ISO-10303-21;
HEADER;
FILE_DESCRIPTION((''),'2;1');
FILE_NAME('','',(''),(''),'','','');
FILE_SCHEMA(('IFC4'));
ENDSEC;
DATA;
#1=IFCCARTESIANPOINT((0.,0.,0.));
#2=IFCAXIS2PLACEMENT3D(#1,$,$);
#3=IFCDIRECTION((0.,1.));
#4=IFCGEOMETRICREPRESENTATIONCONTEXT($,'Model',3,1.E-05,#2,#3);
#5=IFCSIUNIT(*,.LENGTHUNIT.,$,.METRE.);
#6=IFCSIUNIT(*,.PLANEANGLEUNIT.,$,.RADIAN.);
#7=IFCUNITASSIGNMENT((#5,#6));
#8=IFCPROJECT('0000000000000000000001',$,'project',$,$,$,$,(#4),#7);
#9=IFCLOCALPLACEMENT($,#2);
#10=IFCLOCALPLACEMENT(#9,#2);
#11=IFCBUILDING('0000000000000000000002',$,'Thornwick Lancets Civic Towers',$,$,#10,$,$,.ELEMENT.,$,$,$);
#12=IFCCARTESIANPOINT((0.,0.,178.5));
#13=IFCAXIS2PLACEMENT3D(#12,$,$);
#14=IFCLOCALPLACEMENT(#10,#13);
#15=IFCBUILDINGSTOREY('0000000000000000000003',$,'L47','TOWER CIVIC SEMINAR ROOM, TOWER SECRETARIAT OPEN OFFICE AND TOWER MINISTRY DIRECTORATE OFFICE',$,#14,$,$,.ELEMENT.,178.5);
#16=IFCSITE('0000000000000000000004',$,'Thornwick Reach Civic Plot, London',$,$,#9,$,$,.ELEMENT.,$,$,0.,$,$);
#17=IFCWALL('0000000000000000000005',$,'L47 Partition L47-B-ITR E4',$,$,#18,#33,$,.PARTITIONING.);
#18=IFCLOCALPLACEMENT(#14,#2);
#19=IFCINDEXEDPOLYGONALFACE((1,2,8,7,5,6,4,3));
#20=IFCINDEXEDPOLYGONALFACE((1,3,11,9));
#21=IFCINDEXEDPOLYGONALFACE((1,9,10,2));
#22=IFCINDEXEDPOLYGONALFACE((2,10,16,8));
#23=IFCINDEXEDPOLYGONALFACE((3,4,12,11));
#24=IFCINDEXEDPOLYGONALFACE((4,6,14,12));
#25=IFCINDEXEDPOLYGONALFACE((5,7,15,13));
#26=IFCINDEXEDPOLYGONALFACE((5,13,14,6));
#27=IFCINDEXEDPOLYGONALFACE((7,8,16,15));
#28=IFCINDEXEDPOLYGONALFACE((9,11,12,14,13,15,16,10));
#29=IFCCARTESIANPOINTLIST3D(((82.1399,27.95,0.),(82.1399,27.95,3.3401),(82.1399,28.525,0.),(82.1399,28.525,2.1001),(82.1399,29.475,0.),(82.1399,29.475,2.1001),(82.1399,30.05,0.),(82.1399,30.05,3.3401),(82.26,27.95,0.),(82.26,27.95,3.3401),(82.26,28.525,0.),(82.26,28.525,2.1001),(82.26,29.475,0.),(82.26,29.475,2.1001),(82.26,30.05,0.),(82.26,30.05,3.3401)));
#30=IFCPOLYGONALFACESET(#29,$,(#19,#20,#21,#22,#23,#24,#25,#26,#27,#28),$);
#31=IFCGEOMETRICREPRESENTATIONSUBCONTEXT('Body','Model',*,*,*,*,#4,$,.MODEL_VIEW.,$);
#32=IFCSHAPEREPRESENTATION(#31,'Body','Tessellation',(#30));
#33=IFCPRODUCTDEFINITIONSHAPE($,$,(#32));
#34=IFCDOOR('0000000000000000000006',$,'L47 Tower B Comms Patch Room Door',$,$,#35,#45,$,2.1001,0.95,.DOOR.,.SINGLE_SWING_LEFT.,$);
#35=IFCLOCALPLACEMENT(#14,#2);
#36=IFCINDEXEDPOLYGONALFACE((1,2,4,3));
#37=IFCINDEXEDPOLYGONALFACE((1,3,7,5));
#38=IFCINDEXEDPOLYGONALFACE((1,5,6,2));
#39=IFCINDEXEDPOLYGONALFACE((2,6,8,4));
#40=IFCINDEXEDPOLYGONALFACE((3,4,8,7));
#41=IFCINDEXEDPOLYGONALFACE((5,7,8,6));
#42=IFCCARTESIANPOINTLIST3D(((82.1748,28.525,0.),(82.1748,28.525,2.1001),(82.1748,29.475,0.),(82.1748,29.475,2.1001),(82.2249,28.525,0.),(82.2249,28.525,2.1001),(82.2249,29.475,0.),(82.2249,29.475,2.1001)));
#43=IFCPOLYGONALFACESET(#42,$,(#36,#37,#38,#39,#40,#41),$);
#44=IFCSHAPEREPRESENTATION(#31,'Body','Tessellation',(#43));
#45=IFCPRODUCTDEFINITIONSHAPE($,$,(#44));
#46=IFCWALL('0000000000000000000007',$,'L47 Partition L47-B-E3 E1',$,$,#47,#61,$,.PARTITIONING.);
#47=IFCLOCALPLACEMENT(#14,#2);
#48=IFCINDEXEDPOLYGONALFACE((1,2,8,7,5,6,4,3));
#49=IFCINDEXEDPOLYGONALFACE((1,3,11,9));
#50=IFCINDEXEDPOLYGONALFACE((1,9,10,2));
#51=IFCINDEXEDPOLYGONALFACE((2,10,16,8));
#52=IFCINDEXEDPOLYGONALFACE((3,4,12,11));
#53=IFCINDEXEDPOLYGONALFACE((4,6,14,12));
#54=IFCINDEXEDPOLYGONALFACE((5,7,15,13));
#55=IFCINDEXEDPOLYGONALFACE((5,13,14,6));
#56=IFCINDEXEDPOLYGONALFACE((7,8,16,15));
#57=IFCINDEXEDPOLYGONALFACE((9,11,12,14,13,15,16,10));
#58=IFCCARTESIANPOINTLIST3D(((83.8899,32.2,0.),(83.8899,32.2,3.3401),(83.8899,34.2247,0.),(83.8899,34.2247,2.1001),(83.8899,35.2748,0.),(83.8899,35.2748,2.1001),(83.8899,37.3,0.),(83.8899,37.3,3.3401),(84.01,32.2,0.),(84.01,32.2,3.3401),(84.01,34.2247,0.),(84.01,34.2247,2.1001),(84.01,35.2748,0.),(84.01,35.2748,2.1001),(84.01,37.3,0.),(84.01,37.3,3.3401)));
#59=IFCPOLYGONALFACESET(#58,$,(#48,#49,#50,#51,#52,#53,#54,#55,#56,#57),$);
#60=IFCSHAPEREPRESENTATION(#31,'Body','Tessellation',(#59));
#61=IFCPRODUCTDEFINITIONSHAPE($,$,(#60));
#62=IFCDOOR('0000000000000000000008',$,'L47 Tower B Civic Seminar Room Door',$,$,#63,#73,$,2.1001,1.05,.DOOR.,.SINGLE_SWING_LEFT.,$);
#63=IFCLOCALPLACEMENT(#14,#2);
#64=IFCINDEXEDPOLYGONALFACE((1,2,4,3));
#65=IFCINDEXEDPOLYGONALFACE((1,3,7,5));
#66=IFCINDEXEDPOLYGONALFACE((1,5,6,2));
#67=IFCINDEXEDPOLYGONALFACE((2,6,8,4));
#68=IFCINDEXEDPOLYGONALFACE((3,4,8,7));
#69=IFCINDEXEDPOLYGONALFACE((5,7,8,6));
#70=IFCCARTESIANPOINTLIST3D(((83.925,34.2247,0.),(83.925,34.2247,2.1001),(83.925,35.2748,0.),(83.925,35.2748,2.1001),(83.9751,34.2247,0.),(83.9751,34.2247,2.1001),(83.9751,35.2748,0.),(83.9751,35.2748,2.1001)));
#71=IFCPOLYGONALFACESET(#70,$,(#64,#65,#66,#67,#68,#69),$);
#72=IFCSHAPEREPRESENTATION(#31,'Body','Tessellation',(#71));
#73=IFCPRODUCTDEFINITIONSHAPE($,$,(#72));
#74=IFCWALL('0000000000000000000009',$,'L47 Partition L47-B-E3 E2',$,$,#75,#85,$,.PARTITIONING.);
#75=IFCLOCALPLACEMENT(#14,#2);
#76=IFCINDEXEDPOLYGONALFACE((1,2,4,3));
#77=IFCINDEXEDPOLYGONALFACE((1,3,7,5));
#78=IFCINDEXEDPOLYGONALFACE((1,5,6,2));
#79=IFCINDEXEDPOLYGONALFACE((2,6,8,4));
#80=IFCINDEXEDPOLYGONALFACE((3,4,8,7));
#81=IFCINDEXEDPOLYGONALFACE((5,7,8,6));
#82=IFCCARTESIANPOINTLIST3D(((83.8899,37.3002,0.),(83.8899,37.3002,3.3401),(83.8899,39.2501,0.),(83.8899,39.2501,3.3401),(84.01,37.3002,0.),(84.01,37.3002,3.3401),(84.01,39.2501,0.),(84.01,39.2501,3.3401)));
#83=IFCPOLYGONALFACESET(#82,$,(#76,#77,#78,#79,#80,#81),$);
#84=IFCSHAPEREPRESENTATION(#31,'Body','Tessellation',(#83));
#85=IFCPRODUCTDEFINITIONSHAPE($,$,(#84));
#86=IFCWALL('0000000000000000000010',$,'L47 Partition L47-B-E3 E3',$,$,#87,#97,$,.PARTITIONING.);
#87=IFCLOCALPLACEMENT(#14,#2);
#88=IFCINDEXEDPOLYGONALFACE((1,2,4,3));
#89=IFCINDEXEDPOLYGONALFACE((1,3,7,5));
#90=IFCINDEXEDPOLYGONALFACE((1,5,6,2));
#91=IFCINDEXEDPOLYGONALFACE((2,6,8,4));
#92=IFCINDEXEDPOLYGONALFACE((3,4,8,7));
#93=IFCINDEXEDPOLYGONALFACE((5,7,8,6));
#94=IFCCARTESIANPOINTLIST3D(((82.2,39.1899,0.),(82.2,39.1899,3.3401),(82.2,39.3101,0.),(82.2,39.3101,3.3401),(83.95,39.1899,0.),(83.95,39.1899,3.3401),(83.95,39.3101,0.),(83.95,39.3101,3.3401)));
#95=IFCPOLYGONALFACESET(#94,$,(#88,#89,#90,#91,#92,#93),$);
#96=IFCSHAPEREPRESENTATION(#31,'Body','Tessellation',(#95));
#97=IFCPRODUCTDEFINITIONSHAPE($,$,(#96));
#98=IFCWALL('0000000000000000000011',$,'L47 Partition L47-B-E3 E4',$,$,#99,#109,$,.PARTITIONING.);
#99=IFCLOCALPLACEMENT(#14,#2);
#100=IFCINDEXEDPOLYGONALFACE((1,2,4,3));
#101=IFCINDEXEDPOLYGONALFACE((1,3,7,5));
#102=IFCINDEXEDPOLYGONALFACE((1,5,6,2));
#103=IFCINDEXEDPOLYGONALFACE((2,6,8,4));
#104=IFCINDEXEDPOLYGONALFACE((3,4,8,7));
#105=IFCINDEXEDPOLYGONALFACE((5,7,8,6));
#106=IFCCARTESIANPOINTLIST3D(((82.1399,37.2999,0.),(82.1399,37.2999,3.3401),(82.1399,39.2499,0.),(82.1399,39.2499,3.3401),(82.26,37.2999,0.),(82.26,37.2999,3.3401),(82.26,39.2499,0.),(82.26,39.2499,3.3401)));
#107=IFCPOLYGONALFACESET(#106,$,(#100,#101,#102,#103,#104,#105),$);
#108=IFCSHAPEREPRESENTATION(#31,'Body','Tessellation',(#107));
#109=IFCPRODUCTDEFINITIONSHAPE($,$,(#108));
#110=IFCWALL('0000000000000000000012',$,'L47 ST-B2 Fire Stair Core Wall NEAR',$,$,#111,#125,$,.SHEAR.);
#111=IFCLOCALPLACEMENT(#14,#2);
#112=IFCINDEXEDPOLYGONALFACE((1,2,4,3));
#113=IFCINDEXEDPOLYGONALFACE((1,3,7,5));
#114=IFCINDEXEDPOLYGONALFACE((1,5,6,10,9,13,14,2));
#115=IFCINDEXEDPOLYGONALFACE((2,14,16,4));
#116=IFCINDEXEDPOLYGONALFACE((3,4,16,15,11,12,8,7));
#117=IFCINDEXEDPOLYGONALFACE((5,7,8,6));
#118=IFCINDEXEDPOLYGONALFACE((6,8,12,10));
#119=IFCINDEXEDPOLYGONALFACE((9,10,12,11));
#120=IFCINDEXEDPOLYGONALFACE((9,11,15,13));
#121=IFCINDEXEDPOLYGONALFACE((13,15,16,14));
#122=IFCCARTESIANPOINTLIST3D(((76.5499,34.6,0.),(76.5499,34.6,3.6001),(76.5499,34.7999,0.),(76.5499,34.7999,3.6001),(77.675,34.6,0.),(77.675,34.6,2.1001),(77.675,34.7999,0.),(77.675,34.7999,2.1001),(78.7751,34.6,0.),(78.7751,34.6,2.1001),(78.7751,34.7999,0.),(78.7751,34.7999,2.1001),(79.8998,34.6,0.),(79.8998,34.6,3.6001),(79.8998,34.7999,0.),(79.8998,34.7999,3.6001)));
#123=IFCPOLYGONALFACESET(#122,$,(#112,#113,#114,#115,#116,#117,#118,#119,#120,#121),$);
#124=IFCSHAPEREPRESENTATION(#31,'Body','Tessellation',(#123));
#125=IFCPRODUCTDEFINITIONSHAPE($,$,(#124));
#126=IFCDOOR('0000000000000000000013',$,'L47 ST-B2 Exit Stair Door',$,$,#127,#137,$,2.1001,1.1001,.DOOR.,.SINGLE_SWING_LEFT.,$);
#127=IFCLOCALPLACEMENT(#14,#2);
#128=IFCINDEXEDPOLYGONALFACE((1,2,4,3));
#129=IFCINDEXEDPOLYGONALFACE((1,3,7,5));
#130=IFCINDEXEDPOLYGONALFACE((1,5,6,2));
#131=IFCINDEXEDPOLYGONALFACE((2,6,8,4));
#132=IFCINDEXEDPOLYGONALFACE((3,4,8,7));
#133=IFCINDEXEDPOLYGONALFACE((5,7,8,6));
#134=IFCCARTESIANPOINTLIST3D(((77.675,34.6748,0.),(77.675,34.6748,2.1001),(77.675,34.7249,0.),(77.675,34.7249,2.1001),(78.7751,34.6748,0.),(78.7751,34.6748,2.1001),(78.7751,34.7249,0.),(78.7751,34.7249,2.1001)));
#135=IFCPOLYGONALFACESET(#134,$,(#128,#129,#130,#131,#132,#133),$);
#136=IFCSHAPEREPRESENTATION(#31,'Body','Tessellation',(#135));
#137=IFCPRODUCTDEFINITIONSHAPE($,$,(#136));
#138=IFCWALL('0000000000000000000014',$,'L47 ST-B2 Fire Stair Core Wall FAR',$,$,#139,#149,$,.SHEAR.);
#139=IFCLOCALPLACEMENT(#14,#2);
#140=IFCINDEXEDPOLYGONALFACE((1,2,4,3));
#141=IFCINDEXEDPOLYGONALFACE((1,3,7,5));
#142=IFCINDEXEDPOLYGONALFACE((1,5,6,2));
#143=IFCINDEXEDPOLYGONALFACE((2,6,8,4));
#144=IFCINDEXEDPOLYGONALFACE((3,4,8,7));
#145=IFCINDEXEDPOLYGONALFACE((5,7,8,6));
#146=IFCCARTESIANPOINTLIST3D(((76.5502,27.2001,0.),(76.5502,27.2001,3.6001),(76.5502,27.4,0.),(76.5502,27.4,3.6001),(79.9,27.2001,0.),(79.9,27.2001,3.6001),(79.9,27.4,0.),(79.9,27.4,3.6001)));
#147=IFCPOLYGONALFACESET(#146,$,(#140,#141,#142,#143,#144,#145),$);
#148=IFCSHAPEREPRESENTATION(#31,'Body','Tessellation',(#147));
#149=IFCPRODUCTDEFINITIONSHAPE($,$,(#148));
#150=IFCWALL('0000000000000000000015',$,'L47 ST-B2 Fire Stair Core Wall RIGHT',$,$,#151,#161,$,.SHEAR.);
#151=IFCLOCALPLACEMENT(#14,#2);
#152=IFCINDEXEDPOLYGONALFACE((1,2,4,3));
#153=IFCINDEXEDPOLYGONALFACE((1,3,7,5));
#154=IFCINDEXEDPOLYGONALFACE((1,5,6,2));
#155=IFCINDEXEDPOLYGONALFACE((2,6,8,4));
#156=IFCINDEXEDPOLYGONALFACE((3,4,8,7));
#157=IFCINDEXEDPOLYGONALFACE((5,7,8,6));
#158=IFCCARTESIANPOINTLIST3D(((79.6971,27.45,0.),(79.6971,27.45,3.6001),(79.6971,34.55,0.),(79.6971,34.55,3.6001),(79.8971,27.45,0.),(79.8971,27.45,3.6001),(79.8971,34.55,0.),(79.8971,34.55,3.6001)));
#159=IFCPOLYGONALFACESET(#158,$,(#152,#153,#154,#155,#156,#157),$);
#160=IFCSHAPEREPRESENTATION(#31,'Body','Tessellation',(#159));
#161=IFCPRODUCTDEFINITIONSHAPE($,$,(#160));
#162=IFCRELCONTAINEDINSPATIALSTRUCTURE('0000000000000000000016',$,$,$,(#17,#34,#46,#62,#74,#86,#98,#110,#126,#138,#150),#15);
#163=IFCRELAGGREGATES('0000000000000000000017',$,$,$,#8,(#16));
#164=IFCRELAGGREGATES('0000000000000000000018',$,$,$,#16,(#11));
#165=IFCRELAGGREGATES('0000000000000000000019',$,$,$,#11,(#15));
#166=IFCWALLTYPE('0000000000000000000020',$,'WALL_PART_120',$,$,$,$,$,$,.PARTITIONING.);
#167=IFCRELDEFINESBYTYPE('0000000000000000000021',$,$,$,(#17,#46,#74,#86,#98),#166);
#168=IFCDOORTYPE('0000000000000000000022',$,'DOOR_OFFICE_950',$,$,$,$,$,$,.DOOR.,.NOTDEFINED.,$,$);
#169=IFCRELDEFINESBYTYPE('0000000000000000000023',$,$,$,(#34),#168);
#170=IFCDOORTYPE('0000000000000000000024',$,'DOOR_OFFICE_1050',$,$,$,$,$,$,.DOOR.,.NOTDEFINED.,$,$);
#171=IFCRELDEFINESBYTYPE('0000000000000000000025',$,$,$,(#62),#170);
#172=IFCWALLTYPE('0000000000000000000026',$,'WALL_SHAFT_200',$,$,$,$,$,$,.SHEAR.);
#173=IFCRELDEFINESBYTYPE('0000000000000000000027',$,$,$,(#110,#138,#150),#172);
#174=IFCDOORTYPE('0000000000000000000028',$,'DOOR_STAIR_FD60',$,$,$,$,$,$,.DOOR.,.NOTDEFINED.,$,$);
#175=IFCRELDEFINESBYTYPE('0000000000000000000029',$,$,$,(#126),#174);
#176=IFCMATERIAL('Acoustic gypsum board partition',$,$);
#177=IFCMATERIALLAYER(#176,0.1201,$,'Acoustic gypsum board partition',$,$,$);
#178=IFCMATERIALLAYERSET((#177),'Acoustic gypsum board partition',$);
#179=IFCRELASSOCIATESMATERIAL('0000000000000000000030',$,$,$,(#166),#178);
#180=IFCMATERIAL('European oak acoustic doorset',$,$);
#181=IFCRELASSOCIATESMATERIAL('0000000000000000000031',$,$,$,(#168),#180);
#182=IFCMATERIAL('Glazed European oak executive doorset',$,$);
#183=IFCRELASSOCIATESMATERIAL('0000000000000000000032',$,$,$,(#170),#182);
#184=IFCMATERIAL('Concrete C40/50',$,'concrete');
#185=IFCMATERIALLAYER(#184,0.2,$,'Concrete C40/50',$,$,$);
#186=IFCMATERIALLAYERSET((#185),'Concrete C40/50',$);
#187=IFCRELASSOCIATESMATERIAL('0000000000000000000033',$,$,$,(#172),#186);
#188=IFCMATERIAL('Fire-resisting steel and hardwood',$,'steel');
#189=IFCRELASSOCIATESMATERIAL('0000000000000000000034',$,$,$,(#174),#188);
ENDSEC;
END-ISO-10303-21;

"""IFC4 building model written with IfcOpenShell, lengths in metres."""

from ifc_helpers import new_model, si_unit, direction, frame, frame_2d, origin, place, context, subcontext, project, spatial, rectangle, extrude, material, layer, layer_set, type_object, element, fill, save


model = new_model("IFC4")

# Units and contexts
model_context = context("Model", 3, precision=1e-05, world=origin(), true_north=direction((0.0, 1.0)))
body_context = subcontext(model_context, "Body", "Model", "MODEL_VIEW")
ifc_project = project(units=[si_unit("LENGTHUNIT", "METRE"), si_unit("PLANEANGLEUNIT", "RADIAN")], contexts=[model_context])

# Site, building, storey
site_placement = place(None, origin())
site = spatial("IfcSite", under=ifc_project, at=site_placement, Name="Thornwick Reach Civic Plot, London", CompositionType="ELEMENT", RefElevation=0.0)
building_placement = place(site_placement, origin())
building = spatial("IfcBuilding", under=site, at=building_placement, Name="Thornwick Lancets Civic Towers", CompositionType="ELEMENT")
storey_placement = place(building_placement, frame((0.0, 0.0, 178.5)))
storey = spatial("IfcBuildingStorey", under=building, at=storey_placement, Name="L47", Description="TOWER CIVIC SEMINAR ROOM, TOWER SECRETARIAT OPEN OFFICE AND TOWER MINISTRY DIRECTORATE OFFICE", CompositionType="ELEMENT", Elevation=178.5)

# Shared definitions
ifc_material_1 = material(Name="Acoustic gypsum board partition")
ifc_layer_1 = layer(ifc_material_1, 0.1201, Name="Acoustic gypsum board partition")
ifc_layer_set_1 = layer_set([ifc_layer_1], Name="Acoustic gypsum board partition")
wall_type_1 = type_object("IfcWallType", Name="WALL_PART_120", PredefinedType="PARTITIONING", material=ifc_layer_set_1)

# Walls, openings, doors
wall_1_placement = place(storey_placement, frame((82.2, 30.05, 0.0), z_axis=(0.0, 0.0, 1.0), x_axis=(0.0, -1.0, 0.0)))
wall_1 = element("IfcWall", 1, at=wall_1_placement, inside=storey, type_object=wall_type_1, Name="L47 Partition L47-B-ITR E4", PredefinedType="PARTITIONING", context=body_context, shape_type="SweptSolid", body=[
    extrude(rectangle(XDim=2.1001, YDim=0.1201, at=frame_2d((1.05, 0.0))), origin(), (0.0, 0.0, 1.0), 3.3401),
])
opening_1_placement = place(wall_1_placement, frame((0.575, 0.0, 0.0)))
opening_1 = element("IfcOpeningElement", 2, at=opening_1_placement, cuts=wall_1, PredefinedType="OPENING", context=body_context, shape_type="SweptSolid", body=[
    extrude(rectangle(XDim=0.95, YDim=2.1001, at=frame_2d((0.4751, 1.05))), frame((0.0, 0.0701, 0.0), z_axis=(0.0, -1.0, 0.0), x_axis=(1.0, 0.0, 0.0)), (0.0, 0.0, 1.0), 0.1401),
])
ifc_material_2 = material(Name="European oak acoustic doorset")
door_type_1 = type_object("IfcDoorType", Name="DOOR_OFFICE_950", OperationType="NOTDEFINED", PredefinedType="DOOR", material=ifc_material_2)
door_1_placement = place(opening_1_placement, origin())
door_1 = element("IfcDoor", 3, at=door_1_placement, inside=storey, type_object=door_type_1, Name="L47 Tower B Comms Patch Room Door", OperationType="SINGLE_SWING_LEFT", OverallHeight=2.1001, OverallWidth=0.95, PredefinedType="DOOR", context=body_context, shape_type="SweptSolid", body=[
    extrude(rectangle(XDim=0.95, YDim=2.1001, at=frame_2d((0.4751, 1.05))), frame((0.0, 0.0249, 0.0), z_axis=(0.0, -1.0, 0.0), x_axis=(1.0, 0.0, 0.0)), (0.0, 0.0, 1.0), 0.05),
])
fill(opening_1, door_1)
wall_2_placement = place(storey_placement, frame((83.95, 32.2, 0.0), z_axis=(0.0, 0.0, 1.0), x_axis=(0.0, 1.0, 0.0)))
wall_2 = element("IfcWall", 4, at=wall_2_placement, inside=storey, type_object=wall_type_1, Name="L47 Partition L47-B-E3 E1", PredefinedType="PARTITIONING", context=body_context, shape_type="SweptSolid", body=[
    extrude(rectangle(XDim=5.1001, YDim=0.1201, at=frame_2d((2.55, 0.0))), origin(), (0.0, 0.0, 1.0), 3.3401),
])
opening_2_placement = place(wall_2_placement, frame((2.0249, 0.0, 0.0)))
opening_2 = element("IfcOpeningElement", 5, at=opening_2_placement, cuts=wall_2, PredefinedType="OPENING", context=body_context, shape_type="SweptSolid", body=[
    extrude(rectangle(XDim=1.05, YDim=2.1001, at=frame_2d((0.5249, 1.05))), frame((0.0, 0.0701, 0.0), z_axis=(0.0, -1.0, 0.0), x_axis=(1.0, 0.0, 0.0)), (0.0, 0.0, 1.0), 0.1401),
])
ifc_material_3 = material(Name="Glazed European oak executive doorset")
door_type_2 = type_object("IfcDoorType", Name="DOOR_OFFICE_1050", OperationType="NOTDEFINED", PredefinedType="DOOR", material=ifc_material_3)
door_2_placement = place(opening_2_placement, origin())
door_2 = element("IfcDoor", 6, at=door_2_placement, inside=storey, type_object=door_type_2, Name="L47 Tower B Civic Seminar Room Door", OperationType="SINGLE_SWING_LEFT", OverallHeight=2.1001, OverallWidth=1.05, PredefinedType="DOOR", context=body_context, shape_type="SweptSolid", body=[
    extrude(rectangle(XDim=1.05, YDim=2.1001, at=frame_2d((0.5249, 1.05))), frame((0.0, 0.0249, 0.0), z_axis=(0.0, -1.0, 0.0), x_axis=(1.0, 0.0, 0.0)), (0.0, 0.0, 1.0), 0.05),
])
fill(opening_2, door_2)

# Walls
wall_3_placement = place(storey_placement, frame((83.95, 37.3, 0.0), z_axis=(0.0, 0.0, 1.0), x_axis=(0.0, 1.0, 0.0)))
element("IfcWall", 7, at=wall_3_placement, inside=storey, type_object=wall_type_1, Name="L47 Partition L47-B-E3 E2", PredefinedType="PARTITIONING", context=body_context, shape_type="SweptSolid", body=[
    extrude(rectangle(XDim=1.95, YDim=0.1201, at=frame_2d((0.9751, 0.0))), origin(), (0.0, 0.0, 1.0), 3.3401),
])
wall_4_placement = place(storey_placement, frame((83.95, 39.25, 0.0), z_axis=(0.0, 0.0, 1.0), x_axis=(-1.0, 0.0, 0.0)))
element("IfcWall", 8, at=wall_4_placement, inside=storey, type_object=wall_type_1, Name="L47 Partition L47-B-E3 E3", PredefinedType="PARTITIONING", context=body_context, shape_type="SweptSolid", body=[
    extrude(rectangle(XDim=1.75, YDim=0.1201, at=frame_2d((0.875, 0.0))), origin(), (0.0, 0.0, 1.0), 3.3401),
])
wall_5_placement = place(storey_placement, frame((82.2, 39.25, 0.0), z_axis=(0.0, 0.0, 1.0), x_axis=(0.0, -1.0, 0.0)))
element("IfcWall", 9, at=wall_5_placement, inside=storey, type_object=wall_type_1, Name="L47 Partition L47-B-E3 E4", PredefinedType="PARTITIONING", context=body_context, shape_type="SweptSolid", body=[
    extrude(rectangle(XDim=1.95, YDim=0.1201, at=frame_2d((0.9751, 0.0))), origin(), (0.0, 0.0, 1.0), 3.3401),
])

# Wall, opening, door
ifc_material_4 = material(Name="Concrete C40/50", Category="concrete")
ifc_layer_2 = layer(ifc_material_4, 0.2, Name="Concrete C40/50")
ifc_layer_set_2 = layer_set([ifc_layer_2], Name="Concrete C40/50")
wall_type_2 = type_object("IfcWallType", Name="WALL_SHAFT_200", PredefinedType="SHEAR", material=ifc_layer_set_2)
wall_6_placement = place(storey_placement, frame((76.55, 34.7, 0.0), z_axis=(0.0, 0.0, 1.0), x_axis=(1.0, 0.0, 0.0)))
wall_6 = element("IfcWall", 10, at=wall_6_placement, inside=storey, type_object=wall_type_2, Name="L47 ST-B2 Fire Stair Core Wall NEAR", PredefinedType="SHEAR", context=body_context, shape_type="SweptSolid", body=[
    extrude(rectangle(XDim=3.3499, YDim=0.2, at=frame_2d((1.6748, 0.0))), origin(), (0.0, 0.0, 1.0), 3.6001),
])
opening_3_placement = place(wall_6_placement, frame((1.125, 0.0, 0.0)))
opening_3 = element("IfcOpeningElement", 11, at=opening_3_placement, cuts=wall_6, PredefinedType="OPENING", context=body_context, shape_type="SweptSolid", body=[
    extrude(rectangle(XDim=1.1001, YDim=2.1001, at=frame_2d((0.55, 1.05))), frame((0.0, 0.1099, 0.0), z_axis=(0.0, -1.0, 0.0), x_axis=(1.0, 0.0, 0.0)), (0.0, 0.0, 1.0), 0.22),
])
ifc_material_5 = material(Name="Fire-resisting steel and hardwood", Category="steel")
door_type_3 = type_object("IfcDoorType", Name="DOOR_STAIR_FD60", OperationType="NOTDEFINED", PredefinedType="DOOR", material=ifc_material_5)
door_3_placement = place(opening_3_placement, origin())
door_3 = element("IfcDoor", 12, at=door_3_placement, inside=storey, type_object=door_type_3, Name="L47 ST-B2 Exit Stair Door", OperationType="SINGLE_SWING_LEFT", OverallHeight=2.1001, OverallWidth=1.1001, PredefinedType="DOOR", context=body_context, shape_type="SweptSolid", body=[
    extrude(rectangle(XDim=1.1001, YDim=2.1001, at=frame_2d((0.55, 1.05))), frame((0.0, 0.0249, 0.0), z_axis=(0.0, -1.0, 0.0), x_axis=(1.0, 0.0, 0.0)), (0.0, 0.0, 1.0), 0.05),
])
fill(opening_3, door_3)

# Walls
wall_7_placement = place(storey_placement, frame((79.8999, 27.3, 0.0), z_axis=(0.0, 0.0, 1.0), x_axis=(-1.0, 0.0, 0.0)))
element("IfcWall", 13, at=wall_7_placement, inside=storey, type_object=wall_type_2, Name="L47 ST-B2 Fire Stair Core Wall FAR", PredefinedType="SHEAR", context=body_context, shape_type="SweptSolid", body=[
    extrude(rectangle(XDim=3.3499, YDim=0.2, at=frame_2d((1.6748, 0.0))), origin(), (0.0, 0.0, 1.0), 3.6001),
])
wall_8_placement = place(storey_placement, frame((79.7971, 27.45, 0.0), z_axis=(0.0, 0.0, 1.0), x_axis=(0.0, 1.0, 0.0)))
element("IfcWall", 14, at=wall_8_placement, inside=storey, type_object=wall_type_2, Name="L47 ST-B2 Fire Stair Core Wall RIGHT", PredefinedType="SHEAR", context=body_context, shape_type="SweptSolid", body=[
    extrude(rectangle(XDim=7.1001, YDim=0.2, at=frame_2d((3.55, 0.0))), origin(), (0.0, 0.0, 1.0), 3.6001),
])

save(model, "model.ifc")
